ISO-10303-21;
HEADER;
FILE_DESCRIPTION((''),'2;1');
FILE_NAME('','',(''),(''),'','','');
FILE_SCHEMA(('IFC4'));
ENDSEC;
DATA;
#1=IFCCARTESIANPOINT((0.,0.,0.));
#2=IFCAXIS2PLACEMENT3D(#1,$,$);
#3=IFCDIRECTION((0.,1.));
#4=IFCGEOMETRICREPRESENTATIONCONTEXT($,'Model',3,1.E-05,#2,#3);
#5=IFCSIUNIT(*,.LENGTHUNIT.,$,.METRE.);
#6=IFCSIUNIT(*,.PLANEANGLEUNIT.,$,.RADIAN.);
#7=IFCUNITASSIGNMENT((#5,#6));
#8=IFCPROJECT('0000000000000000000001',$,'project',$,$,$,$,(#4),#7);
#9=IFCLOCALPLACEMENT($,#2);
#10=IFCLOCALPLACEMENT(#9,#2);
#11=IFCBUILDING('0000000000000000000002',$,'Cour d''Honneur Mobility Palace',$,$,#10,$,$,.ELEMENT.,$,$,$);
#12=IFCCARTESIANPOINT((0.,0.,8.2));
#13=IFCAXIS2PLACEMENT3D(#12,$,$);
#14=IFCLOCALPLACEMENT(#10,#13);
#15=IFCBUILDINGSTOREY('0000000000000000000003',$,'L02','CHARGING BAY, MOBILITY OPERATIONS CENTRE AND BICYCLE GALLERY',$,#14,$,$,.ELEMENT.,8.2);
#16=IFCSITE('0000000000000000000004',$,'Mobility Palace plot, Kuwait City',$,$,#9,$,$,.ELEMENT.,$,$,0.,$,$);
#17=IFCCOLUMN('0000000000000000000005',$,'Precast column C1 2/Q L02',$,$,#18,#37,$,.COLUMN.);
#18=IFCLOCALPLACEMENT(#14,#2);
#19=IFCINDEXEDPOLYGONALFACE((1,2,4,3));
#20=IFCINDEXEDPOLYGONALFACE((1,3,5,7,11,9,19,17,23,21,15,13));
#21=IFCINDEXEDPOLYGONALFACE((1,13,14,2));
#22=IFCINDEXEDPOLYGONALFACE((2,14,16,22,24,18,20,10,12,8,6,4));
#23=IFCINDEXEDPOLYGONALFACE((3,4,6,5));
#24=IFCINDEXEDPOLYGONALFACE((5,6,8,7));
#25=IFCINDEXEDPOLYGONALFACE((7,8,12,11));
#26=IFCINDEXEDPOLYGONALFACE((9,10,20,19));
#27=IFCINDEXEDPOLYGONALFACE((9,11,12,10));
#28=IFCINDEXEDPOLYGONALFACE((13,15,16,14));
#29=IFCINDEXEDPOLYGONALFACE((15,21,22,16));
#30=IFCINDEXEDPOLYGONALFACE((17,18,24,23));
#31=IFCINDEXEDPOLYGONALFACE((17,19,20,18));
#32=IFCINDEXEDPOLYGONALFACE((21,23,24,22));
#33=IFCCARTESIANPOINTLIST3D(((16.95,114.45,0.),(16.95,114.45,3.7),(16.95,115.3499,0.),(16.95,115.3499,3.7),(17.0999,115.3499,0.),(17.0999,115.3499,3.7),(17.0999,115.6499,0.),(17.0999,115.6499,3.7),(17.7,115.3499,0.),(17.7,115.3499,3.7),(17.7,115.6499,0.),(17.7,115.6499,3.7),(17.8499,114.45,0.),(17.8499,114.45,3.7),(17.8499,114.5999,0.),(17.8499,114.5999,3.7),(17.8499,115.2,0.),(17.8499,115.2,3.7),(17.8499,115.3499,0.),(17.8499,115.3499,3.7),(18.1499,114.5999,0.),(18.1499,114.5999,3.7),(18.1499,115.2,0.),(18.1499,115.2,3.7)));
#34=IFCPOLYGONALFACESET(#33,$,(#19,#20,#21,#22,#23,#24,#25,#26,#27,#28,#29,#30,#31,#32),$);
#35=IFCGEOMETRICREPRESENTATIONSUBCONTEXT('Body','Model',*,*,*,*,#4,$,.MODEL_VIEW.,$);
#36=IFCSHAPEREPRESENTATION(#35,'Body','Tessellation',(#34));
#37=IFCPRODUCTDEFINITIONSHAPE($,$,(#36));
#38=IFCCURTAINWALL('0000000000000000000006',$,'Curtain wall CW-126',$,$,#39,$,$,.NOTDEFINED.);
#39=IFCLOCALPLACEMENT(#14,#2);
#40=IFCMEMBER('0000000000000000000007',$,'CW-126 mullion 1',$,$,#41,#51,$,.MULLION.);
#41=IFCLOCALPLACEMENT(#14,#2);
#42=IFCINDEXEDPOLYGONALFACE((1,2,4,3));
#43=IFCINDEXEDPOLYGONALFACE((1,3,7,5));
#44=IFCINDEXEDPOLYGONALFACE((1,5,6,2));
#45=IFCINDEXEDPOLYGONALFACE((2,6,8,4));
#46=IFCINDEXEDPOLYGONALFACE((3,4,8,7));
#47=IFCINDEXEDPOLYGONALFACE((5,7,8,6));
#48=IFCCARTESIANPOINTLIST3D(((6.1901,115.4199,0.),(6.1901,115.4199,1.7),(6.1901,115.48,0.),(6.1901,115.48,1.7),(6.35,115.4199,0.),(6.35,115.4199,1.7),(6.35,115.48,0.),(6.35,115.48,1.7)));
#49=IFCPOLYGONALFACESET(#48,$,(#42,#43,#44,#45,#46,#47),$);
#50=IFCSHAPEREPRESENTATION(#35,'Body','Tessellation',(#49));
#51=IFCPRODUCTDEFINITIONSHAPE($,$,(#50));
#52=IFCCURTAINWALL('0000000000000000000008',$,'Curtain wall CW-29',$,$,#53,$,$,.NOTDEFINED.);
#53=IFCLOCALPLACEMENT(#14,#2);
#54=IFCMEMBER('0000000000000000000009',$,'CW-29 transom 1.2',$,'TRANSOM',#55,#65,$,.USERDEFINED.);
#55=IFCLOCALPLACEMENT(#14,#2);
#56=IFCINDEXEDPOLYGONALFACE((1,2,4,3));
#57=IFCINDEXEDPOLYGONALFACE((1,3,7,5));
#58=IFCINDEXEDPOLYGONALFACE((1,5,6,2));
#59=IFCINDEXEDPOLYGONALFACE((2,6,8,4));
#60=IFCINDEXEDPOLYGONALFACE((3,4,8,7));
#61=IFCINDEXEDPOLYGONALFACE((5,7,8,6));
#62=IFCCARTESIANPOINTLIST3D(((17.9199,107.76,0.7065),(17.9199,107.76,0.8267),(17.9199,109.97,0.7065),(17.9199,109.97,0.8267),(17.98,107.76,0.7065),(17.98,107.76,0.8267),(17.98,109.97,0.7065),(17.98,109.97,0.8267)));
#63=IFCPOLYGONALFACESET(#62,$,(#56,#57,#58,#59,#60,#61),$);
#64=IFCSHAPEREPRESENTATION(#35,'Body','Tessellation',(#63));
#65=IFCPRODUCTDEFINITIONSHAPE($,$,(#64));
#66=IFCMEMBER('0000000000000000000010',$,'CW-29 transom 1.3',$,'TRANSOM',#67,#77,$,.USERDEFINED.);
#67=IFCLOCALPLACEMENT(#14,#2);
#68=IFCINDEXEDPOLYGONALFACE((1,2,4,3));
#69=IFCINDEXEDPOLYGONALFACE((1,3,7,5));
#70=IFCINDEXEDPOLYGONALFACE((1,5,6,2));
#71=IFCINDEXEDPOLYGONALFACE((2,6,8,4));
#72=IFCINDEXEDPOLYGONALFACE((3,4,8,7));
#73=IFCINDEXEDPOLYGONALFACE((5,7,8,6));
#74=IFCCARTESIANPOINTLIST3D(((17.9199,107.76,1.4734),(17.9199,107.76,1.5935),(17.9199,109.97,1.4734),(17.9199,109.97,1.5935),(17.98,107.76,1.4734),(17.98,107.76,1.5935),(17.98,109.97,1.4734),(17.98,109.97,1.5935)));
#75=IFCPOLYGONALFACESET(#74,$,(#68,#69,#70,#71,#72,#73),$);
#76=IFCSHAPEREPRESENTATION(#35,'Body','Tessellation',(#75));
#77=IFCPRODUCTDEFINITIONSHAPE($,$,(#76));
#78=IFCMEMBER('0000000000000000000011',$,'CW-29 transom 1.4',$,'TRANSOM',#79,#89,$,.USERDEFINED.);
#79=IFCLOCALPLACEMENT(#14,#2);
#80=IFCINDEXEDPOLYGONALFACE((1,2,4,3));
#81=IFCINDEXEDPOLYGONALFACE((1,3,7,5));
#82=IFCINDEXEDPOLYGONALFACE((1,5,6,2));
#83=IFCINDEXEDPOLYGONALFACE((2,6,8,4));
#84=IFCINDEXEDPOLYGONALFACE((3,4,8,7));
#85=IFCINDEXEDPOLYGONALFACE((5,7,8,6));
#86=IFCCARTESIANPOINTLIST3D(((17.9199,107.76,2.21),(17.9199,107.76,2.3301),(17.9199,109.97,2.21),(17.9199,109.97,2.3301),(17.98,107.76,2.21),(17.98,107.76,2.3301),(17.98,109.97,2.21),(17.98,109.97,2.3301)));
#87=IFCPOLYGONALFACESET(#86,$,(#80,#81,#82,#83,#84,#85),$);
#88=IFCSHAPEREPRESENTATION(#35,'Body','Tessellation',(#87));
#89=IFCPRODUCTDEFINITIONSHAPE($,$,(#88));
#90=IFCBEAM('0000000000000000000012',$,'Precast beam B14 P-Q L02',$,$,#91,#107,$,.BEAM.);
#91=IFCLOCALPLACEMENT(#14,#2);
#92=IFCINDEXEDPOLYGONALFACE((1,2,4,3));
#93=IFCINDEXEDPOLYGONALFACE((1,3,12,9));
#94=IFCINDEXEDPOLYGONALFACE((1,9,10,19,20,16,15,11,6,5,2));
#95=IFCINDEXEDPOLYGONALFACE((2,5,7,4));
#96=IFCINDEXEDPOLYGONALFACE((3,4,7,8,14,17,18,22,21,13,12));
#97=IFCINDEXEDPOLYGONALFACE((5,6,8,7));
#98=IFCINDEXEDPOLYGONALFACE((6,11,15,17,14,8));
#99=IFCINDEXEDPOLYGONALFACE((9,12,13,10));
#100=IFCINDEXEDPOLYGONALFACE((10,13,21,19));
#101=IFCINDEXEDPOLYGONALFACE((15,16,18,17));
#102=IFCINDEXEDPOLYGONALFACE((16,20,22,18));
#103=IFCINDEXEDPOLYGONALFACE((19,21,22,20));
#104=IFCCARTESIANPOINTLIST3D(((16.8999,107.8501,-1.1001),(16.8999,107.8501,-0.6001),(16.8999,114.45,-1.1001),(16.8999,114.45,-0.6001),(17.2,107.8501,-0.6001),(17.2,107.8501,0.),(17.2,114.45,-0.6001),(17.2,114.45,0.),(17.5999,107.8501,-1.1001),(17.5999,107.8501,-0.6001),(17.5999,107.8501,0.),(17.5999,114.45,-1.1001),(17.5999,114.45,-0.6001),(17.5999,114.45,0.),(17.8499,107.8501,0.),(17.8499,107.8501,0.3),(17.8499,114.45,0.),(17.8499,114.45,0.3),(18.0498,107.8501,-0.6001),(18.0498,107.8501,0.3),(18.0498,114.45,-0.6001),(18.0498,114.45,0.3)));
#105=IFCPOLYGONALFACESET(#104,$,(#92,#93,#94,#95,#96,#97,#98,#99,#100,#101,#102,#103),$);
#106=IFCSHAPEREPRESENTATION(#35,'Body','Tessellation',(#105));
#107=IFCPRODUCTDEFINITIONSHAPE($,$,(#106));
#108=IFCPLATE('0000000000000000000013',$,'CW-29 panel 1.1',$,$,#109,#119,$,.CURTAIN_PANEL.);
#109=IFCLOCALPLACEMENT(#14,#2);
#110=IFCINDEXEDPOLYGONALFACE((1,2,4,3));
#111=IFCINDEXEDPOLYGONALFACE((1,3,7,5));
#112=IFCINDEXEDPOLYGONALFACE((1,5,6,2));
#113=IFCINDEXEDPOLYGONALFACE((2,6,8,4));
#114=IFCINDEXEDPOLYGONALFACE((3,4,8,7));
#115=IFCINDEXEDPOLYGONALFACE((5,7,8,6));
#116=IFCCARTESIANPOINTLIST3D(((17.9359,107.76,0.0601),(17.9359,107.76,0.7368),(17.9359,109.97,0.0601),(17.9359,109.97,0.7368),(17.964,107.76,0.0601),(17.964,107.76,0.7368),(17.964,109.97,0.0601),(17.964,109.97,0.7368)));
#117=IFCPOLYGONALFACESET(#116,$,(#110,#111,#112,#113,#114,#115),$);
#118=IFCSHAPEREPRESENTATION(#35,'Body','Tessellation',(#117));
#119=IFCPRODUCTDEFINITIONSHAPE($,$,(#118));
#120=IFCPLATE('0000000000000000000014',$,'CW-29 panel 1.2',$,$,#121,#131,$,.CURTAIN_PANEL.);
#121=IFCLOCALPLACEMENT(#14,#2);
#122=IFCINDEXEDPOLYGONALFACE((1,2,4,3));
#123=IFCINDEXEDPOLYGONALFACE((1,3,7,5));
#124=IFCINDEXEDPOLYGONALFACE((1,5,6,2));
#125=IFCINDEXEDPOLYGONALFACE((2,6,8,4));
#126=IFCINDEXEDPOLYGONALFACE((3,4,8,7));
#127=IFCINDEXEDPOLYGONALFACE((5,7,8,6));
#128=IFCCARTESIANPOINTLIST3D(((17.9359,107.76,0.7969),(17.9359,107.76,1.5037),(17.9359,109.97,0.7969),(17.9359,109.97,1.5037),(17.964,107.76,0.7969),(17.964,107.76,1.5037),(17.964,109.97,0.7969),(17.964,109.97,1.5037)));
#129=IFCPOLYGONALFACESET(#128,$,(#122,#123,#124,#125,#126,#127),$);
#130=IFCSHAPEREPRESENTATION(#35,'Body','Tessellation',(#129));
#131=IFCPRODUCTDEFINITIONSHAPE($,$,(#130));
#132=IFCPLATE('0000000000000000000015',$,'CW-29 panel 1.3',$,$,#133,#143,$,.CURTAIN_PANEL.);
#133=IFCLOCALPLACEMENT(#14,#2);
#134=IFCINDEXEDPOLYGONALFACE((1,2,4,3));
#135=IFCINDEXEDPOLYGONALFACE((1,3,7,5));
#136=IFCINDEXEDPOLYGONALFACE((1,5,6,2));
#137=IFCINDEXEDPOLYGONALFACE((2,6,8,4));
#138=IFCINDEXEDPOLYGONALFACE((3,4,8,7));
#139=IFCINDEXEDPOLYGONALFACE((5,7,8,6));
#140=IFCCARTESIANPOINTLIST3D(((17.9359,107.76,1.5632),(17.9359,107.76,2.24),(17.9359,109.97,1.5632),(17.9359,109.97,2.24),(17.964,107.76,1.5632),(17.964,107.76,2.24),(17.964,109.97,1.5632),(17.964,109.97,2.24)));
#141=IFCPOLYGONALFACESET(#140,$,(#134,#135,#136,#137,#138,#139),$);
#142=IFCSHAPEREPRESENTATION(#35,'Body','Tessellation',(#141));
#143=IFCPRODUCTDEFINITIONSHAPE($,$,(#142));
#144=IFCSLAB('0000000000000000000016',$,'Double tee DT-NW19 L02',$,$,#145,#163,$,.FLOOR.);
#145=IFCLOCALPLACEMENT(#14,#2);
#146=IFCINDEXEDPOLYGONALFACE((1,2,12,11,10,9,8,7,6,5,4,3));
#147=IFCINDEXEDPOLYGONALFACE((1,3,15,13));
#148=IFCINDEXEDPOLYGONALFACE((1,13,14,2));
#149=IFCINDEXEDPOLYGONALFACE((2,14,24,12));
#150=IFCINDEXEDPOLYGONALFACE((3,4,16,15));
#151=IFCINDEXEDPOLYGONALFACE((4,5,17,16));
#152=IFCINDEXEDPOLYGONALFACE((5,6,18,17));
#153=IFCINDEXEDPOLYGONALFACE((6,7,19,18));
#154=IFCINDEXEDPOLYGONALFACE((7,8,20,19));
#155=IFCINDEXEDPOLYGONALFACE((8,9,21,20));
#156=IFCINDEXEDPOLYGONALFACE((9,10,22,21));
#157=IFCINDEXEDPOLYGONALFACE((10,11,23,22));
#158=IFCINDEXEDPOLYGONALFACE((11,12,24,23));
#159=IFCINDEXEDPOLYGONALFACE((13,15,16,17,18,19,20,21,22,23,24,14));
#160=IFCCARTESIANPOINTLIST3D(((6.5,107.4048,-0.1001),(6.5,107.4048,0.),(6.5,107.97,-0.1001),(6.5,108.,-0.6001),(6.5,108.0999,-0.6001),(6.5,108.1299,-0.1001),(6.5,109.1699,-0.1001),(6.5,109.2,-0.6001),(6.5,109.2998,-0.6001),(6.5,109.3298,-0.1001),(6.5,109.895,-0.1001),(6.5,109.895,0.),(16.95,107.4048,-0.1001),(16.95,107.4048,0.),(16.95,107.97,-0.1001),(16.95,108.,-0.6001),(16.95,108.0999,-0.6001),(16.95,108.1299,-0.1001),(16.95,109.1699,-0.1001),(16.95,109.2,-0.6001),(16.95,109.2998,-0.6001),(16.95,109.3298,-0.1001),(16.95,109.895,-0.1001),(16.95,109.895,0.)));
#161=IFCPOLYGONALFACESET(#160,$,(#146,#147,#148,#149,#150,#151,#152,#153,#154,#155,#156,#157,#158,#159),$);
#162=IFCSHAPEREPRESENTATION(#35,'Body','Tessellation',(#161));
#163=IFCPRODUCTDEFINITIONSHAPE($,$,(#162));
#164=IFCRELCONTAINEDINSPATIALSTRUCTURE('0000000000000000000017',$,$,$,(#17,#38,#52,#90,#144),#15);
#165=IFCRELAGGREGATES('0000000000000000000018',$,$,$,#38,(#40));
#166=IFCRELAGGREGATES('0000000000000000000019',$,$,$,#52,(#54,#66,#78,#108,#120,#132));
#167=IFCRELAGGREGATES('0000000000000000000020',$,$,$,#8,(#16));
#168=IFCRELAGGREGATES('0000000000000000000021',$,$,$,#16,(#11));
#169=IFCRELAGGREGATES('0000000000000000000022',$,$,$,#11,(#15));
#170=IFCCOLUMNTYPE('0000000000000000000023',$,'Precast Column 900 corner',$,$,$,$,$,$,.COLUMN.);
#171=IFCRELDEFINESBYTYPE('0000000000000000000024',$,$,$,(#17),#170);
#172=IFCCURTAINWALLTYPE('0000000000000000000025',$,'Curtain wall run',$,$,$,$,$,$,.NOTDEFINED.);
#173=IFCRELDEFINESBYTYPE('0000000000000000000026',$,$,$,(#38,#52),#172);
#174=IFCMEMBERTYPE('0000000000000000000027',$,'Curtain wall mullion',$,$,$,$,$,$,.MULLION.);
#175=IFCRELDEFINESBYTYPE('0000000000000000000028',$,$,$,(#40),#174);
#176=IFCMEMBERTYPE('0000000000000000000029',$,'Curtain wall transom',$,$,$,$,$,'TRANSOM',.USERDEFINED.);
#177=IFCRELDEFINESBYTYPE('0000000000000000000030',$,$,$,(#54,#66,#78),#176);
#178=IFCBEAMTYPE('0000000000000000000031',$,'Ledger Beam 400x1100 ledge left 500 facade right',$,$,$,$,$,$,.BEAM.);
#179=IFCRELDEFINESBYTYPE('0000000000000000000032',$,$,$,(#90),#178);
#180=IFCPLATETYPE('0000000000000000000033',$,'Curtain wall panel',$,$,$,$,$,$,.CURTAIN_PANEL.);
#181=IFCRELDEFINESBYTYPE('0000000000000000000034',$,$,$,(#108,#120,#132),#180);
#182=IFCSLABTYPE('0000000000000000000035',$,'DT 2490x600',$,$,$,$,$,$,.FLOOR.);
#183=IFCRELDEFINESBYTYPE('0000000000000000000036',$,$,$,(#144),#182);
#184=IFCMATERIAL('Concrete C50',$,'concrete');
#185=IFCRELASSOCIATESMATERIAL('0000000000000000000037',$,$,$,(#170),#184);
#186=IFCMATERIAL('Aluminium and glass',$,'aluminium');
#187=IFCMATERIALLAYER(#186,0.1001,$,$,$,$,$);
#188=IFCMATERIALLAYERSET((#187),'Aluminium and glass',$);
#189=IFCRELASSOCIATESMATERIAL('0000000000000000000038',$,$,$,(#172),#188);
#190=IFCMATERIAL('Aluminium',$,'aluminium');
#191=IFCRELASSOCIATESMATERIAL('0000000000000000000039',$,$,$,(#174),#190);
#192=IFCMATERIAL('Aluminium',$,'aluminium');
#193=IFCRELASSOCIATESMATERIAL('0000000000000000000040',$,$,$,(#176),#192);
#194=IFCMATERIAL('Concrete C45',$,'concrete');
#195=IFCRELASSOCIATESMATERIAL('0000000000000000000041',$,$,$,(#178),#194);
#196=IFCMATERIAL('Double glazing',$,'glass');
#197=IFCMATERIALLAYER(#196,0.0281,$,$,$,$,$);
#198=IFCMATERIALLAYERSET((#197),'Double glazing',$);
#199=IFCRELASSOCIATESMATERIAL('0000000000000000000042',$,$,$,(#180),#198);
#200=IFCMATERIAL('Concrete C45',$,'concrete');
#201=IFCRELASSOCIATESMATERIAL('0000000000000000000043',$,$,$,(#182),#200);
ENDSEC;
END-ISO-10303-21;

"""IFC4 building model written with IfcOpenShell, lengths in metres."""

from ifc_helpers import new_model, si_unit, direction, frame, origin, origin_2d, place, context, subcontext, project, spatial, polyline, rectangle, outline, extrude, material, layer, layer_set, material_profile, profile_set, type_object, element, aggregate, save


model = new_model("IFC4")

# Units and contexts
model_context = context("Model", 3, precision=1e-05, world=origin(), true_north=direction((0.0, 1.0)))
body_context = subcontext(model_context, "Body", "Model", "MODEL_VIEW")
ifc_project = project(units=[si_unit("LENGTHUNIT", "METRE"), si_unit("PLANEANGLEUNIT", "RADIAN")], contexts=[model_context])

# Site, building, storey
site_placement = place(None, origin())
site = spatial("IfcSite", under=ifc_project, at=site_placement, Name="Mobility Palace plot, Kuwait City", CompositionType="ELEMENT", RefElevation=0.0)
building_placement = place(site_placement, origin())
building = spatial("IfcBuilding", under=site, at=building_placement, Name="Cour d'Honneur Mobility Palace", CompositionType="ELEMENT")
storey_placement = place(building_placement, frame((0.0, 0.0, 8.2)))
storey = spatial("IfcBuildingStorey", under=building, at=storey_placement, Name="L02", Description="CHARGING BAY, MOBILITY OPERATIONS CENTRE AND BICYCLE GALLERY", CompositionType="ELEMENT", Elevation=8.2)

# Column
ifc_material_1 = material(Name="Concrete C50", Category="concrete")
ifc_material_profile_1 = material_profile(ifc_material_1, outline(polyline([(-0.45, -0.45), (0.45, -0.45), (0.45, -0.3), (0.75, -0.3), (0.75, 0.3), (0.45, 0.3), (0.45, 0.45), (0.3, 0.45), (0.3, 0.75), (-0.3, 0.75), (-0.3, 0.45), (-0.45, 0.45), (-0.45, -0.45)])), Name="PC C900 corner")
ifc_profile_set_1 = profile_set([ifc_material_profile_1], Name="Concrete C50")
column_type = type_object("IfcColumnType", Name="Precast Column 900 corner", PredefinedType="COLUMN", material=ifc_profile_set_1)
column_placement = place(storey_placement, frame((17.3999, 114.8999, 0.0), z_axis=(0.0, 0.0, 1.0), x_axis=(1.0, 0.0, 0.0)))
element("IfcColumn", 1, at=column_placement, inside=storey, type_object=column_type, Name="Precast column C1 2/Q L02", PredefinedType="COLUMN", context=body_context, shape_type="SweptSolid", body=[
    extrude(outline(polyline([(-0.45, -0.45), (0.45, -0.45), (0.45, -0.3), (0.75, -0.3), (0.75, 0.3), (0.45, 0.3), (0.45, 0.45), (0.3, 0.45), (0.3, 0.75), (-0.3, 0.75), (-0.3, 0.45), (-0.45, 0.45), (-0.45, -0.45)])), origin(), (0.0, 0.0, 1.0), 3.7),
])

# Curtain wall, member
ifc_material_2 = material(Name="Aluminium and glass", Category="aluminium")
ifc_layer_1 = layer(ifc_material_2, 0.1001)
ifc_layer_set_1 = layer_set([ifc_layer_1], Name="Aluminium and glass")
curtain_wall_type = type_object("IfcCurtainWallType", Name="Curtain wall run", PredefinedType="NOTDEFINED", material=ifc_layer_set_1)
curtain_wall_1_placement = place(storey_placement, origin())
curtain_wall_1 = element("IfcCurtainWall", 2, at=curtain_wall_1_placement, inside=storey, type_object=curtain_wall_type, Name="Curtain wall CW-126", PredefinedType="NOTDEFINED")
ifc_material_3 = material(Name="Aluminium", Category="aluminium")
ifc_material_profile_2 = material_profile(ifc_material_3, rectangle(XDim=0.0601, YDim=0.1599, at=origin_2d()), Name="Curtain wall mullion")
ifc_profile_set_2 = profile_set([ifc_material_profile_2], Name="Aluminium")
member_type_1 = type_object("IfcMemberType", Name="Curtain wall mullion", PredefinedType="MULLION", material=ifc_profile_set_2)
member_1_placement = place(storey_placement, frame((6.27, 115.45, 0.0), z_axis=(0.0, 0.0, 1.0), x_axis=(0.0, -1.0, 0.0)))
member_1 = element("IfcMember", 3, at=member_1_placement, type_object=member_type_1, Name="CW-126 mullion 1", PredefinedType="MULLION", context=body_context, shape_type="SweptSolid", body=[
    extrude(rectangle(XDim=0.0601, YDim=0.1599, at=origin_2d()), origin(), (0.0, 0.0, 1.0), 1.7),
])
aggregate(curtain_wall_1, [member_1])

# Curtain wall, members
curtain_wall_2_placement = place(storey_placement, origin())
curtain_wall_2 = element("IfcCurtainWall", 4, at=curtain_wall_2_placement, inside=storey, type_object=curtain_wall_type, Name="Curtain wall CW-29", PredefinedType="NOTDEFINED")
ifc_material_4 = material(Name="Aluminium", Category="aluminium")
ifc_material_profile_3 = material_profile(ifc_material_4, rectangle(XDim=0.0601, YDim=0.1201, at=origin_2d()), Name="Curtain wall transom")
ifc_profile_set_3 = profile_set([ifc_material_profile_3], Name="Aluminium")
member_type_2 = type_object("IfcMemberType", Name="Curtain wall transom", ElementType="TRANSOM", PredefinedType="USERDEFINED", material=ifc_profile_set_3)
member_2_placement = place(storey_placement, frame((17.95, 107.76, 0.7666), z_axis=(0.0, 1.0, 0.0), x_axis=(-1.0, 0.0, 0.0)))
member_2 = element("IfcMember", 5, at=member_2_placement, type_object=member_type_2, Name="CW-29 transom 1.2", ObjectType="TRANSOM", PredefinedType="USERDEFINED", context=body_context, shape_type="SweptSolid", body=[
    extrude(rectangle(XDim=0.0601, YDim=0.1201, at=origin_2d()), origin(), (0.0, 0.0, 1.0), 2.21),
])
member_3_placement = place(storey_placement, frame((17.95, 107.76, 1.5334), z_axis=(0.0, 1.0, 0.0), x_axis=(-1.0, 0.0, 0.0)))
member_3 = element("IfcMember", 6, at=member_3_placement, type_object=member_type_2, Name="CW-29 transom 1.3", ObjectType="TRANSOM", PredefinedType="USERDEFINED", context=body_context, shape_type="SweptSolid", body=[
    extrude(rectangle(XDim=0.0601, YDim=0.1201, at=origin_2d()), origin(), (0.0, 0.0, 1.0), 2.21),
])
member_4_placement = place(storey_placement, frame((17.95, 107.76, 2.27), z_axis=(0.0, 1.0, 0.0), x_axis=(-1.0, 0.0, 0.0)))
member_4 = element("IfcMember", 7, at=member_4_placement, type_object=member_type_2, Name="CW-29 transom 1.4", ObjectType="TRANSOM", PredefinedType="USERDEFINED", context=body_context, shape_type="SweptSolid", body=[
    extrude(rectangle(XDim=0.0601, YDim=0.1201, at=origin_2d()), origin(), (0.0, 0.0, 1.0), 2.21),
])

# Beam
ifc_material_5 = material(Name="Concrete C45", Category="concrete")
ifc_material_profile_4 = material_profile(ifc_material_5, outline(polyline([(0.5, -1.1001), (0.5, -0.6001), (0.2, -0.6001), (0.2, 0.0), (-0.2, 0.0), (-0.45, 0.0), (-0.45, 0.3), (-0.6499, 0.3), (-0.6499, -0.6001), (-0.2, -0.6001), (-0.2, -1.1001), (0.5, -1.1001)])), Name="Ledger Beam 400x1100 ledge left 500 facade right")
ifc_profile_set_4 = profile_set([ifc_material_profile_4], Name="Concrete C45")
beam_type = type_object("IfcBeamType", Name="Ledger Beam 400x1100 ledge left 500 facade right", PredefinedType="BEAM", material=ifc_profile_set_4)
beam_placement = place(storey_placement, frame((17.3999, 107.8501, 0.0), z_axis=(0.0, 1.0, 0.0), x_axis=(-1.0, 0.0, 0.0)))
element("IfcBeam", 8, at=beam_placement, inside=storey, type_object=beam_type, Name="Precast beam B14 P-Q L02", PredefinedType="BEAM", context=body_context, shape_type="SweptSolid", body=[
    extrude(outline(polyline([(0.5, -1.1001), (0.5, -0.6001), (0.2, -0.6001), (0.2, 0.0), (-0.2, 0.0), (-0.45, 0.0), (-0.45, 0.3), (-0.6499, 0.3), (-0.6499, -0.6001), (-0.2, -0.6001), (-0.2, -1.1001), (0.5, -1.1001)])), origin(), (0.0, 0.0, 1.0), 6.5999),
])

# Plates
ifc_material_6 = material(Name="Double glazing", Category="glass")
ifc_layer_2 = layer(ifc_material_6, 0.0281)
ifc_layer_set_2 = layer_set([ifc_layer_2], Name="Double glazing")
plate_type = type_object("IfcPlateType", Name="Curtain wall panel", PredefinedType="CURTAIN_PANEL", material=ifc_layer_set_2)
plate_1_placement = place(storey_placement, frame((17.95, 108.865, 0.0601), z_axis=(0.0, 0.0, 1.0), x_axis=(0.0, 1.0, 0.0)))
plate_1 = element("IfcPlate", 9, at=plate_1_placement, type_object=plate_type, Name="CW-29 panel 1.1", PredefinedType="CURTAIN_PANEL", context=body_context, shape_type="SweptSolid", body=[
    extrude(rectangle(XDim=2.21, YDim=0.0281, at=origin_2d()), origin(), (0.0, 0.0, 1.0), 0.6768),
])
plate_2_placement = place(storey_placement, frame((17.95, 108.865, 0.7969), z_axis=(0.0, 0.0, 1.0), x_axis=(0.0, 1.0, 0.0)))
plate_2 = element("IfcPlate", 10, at=plate_2_placement, type_object=plate_type, Name="CW-29 panel 1.2", PredefinedType="CURTAIN_PANEL", context=body_context, shape_type="SweptSolid", body=[
    extrude(rectangle(XDim=2.21, YDim=0.0281, at=origin_2d()), origin(), (0.0, 0.0, 1.0), 0.7068),
])
plate_3_placement = place(storey_placement, frame((17.95, 108.865, 1.5632), z_axis=(0.0, 0.0, 1.0), x_axis=(0.0, 1.0, 0.0)))
plate_3 = element("IfcPlate", 11, at=plate_3_placement, type_object=plate_type, Name="CW-29 panel 1.3", PredefinedType="CURTAIN_PANEL", context=body_context, shape_type="SweptSolid", body=[
    extrude(rectangle(XDim=2.21, YDim=0.0281, at=origin_2d()), origin(), (0.0, 0.0, 1.0), 0.6768),
])
aggregate(curtain_wall_2, [member_2, member_3, member_4, plate_1, plate_2, plate_3])

# Slab
ifc_material_7 = material(Name="Concrete C45", Category="concrete")
ifc_material_profile_5 = material_profile(ifc_material_7, outline(polyline([(-1.2451, 0.0), (1.2451, 0.0), (1.2451, -0.1001), (0.6799, -0.1001), (0.6499, -0.6001), (0.55, -0.6001), (0.52, -0.1001), (-0.52, -0.1001), (-0.55, -0.6001), (-0.6499, -0.6001), (-0.6799, -0.1001), (-1.2451, -0.1001), (-1.2451, 0.0)])), Name="DT 2490x600")
ifc_profile_set_5 = profile_set([ifc_material_profile_5], Name="Concrete C45")
slab_type = type_object("IfcSlabType", Name="DT 2490x600", PredefinedType="FLOOR", material=ifc_profile_set_5)
slab_1_placement = place(storey_placement, frame((6.5, 108.6499, 0.0), z_axis=(1.0, 0.0, 0.0), x_axis=(0.0, 1.0, 0.0)))
element("IfcSlab", 12, at=slab_1_placement, inside=storey, type_object=slab_type, Name="Double tee DT-NW19 L02", PredefinedType="FLOOR", context=body_context, shape_type="SweptSolid", body=[
    extrude(outline(polyline([(-1.2451, 0.0), (1.2451, 0.0), (1.2451, -0.1001), (0.6799, -0.1001), (0.6499, -0.6001), (0.55, -0.6001), (0.52, -0.1001), (-0.52, -0.1001), (-0.55, -0.6001), (-0.6499, -0.6001), (-0.6799, -0.1001), (-1.2451, -0.1001), (-1.2451, 0.0)])), origin(), (0.0, 0.0, 1.0), 10.45),
])

save(model, "model.ifc")
